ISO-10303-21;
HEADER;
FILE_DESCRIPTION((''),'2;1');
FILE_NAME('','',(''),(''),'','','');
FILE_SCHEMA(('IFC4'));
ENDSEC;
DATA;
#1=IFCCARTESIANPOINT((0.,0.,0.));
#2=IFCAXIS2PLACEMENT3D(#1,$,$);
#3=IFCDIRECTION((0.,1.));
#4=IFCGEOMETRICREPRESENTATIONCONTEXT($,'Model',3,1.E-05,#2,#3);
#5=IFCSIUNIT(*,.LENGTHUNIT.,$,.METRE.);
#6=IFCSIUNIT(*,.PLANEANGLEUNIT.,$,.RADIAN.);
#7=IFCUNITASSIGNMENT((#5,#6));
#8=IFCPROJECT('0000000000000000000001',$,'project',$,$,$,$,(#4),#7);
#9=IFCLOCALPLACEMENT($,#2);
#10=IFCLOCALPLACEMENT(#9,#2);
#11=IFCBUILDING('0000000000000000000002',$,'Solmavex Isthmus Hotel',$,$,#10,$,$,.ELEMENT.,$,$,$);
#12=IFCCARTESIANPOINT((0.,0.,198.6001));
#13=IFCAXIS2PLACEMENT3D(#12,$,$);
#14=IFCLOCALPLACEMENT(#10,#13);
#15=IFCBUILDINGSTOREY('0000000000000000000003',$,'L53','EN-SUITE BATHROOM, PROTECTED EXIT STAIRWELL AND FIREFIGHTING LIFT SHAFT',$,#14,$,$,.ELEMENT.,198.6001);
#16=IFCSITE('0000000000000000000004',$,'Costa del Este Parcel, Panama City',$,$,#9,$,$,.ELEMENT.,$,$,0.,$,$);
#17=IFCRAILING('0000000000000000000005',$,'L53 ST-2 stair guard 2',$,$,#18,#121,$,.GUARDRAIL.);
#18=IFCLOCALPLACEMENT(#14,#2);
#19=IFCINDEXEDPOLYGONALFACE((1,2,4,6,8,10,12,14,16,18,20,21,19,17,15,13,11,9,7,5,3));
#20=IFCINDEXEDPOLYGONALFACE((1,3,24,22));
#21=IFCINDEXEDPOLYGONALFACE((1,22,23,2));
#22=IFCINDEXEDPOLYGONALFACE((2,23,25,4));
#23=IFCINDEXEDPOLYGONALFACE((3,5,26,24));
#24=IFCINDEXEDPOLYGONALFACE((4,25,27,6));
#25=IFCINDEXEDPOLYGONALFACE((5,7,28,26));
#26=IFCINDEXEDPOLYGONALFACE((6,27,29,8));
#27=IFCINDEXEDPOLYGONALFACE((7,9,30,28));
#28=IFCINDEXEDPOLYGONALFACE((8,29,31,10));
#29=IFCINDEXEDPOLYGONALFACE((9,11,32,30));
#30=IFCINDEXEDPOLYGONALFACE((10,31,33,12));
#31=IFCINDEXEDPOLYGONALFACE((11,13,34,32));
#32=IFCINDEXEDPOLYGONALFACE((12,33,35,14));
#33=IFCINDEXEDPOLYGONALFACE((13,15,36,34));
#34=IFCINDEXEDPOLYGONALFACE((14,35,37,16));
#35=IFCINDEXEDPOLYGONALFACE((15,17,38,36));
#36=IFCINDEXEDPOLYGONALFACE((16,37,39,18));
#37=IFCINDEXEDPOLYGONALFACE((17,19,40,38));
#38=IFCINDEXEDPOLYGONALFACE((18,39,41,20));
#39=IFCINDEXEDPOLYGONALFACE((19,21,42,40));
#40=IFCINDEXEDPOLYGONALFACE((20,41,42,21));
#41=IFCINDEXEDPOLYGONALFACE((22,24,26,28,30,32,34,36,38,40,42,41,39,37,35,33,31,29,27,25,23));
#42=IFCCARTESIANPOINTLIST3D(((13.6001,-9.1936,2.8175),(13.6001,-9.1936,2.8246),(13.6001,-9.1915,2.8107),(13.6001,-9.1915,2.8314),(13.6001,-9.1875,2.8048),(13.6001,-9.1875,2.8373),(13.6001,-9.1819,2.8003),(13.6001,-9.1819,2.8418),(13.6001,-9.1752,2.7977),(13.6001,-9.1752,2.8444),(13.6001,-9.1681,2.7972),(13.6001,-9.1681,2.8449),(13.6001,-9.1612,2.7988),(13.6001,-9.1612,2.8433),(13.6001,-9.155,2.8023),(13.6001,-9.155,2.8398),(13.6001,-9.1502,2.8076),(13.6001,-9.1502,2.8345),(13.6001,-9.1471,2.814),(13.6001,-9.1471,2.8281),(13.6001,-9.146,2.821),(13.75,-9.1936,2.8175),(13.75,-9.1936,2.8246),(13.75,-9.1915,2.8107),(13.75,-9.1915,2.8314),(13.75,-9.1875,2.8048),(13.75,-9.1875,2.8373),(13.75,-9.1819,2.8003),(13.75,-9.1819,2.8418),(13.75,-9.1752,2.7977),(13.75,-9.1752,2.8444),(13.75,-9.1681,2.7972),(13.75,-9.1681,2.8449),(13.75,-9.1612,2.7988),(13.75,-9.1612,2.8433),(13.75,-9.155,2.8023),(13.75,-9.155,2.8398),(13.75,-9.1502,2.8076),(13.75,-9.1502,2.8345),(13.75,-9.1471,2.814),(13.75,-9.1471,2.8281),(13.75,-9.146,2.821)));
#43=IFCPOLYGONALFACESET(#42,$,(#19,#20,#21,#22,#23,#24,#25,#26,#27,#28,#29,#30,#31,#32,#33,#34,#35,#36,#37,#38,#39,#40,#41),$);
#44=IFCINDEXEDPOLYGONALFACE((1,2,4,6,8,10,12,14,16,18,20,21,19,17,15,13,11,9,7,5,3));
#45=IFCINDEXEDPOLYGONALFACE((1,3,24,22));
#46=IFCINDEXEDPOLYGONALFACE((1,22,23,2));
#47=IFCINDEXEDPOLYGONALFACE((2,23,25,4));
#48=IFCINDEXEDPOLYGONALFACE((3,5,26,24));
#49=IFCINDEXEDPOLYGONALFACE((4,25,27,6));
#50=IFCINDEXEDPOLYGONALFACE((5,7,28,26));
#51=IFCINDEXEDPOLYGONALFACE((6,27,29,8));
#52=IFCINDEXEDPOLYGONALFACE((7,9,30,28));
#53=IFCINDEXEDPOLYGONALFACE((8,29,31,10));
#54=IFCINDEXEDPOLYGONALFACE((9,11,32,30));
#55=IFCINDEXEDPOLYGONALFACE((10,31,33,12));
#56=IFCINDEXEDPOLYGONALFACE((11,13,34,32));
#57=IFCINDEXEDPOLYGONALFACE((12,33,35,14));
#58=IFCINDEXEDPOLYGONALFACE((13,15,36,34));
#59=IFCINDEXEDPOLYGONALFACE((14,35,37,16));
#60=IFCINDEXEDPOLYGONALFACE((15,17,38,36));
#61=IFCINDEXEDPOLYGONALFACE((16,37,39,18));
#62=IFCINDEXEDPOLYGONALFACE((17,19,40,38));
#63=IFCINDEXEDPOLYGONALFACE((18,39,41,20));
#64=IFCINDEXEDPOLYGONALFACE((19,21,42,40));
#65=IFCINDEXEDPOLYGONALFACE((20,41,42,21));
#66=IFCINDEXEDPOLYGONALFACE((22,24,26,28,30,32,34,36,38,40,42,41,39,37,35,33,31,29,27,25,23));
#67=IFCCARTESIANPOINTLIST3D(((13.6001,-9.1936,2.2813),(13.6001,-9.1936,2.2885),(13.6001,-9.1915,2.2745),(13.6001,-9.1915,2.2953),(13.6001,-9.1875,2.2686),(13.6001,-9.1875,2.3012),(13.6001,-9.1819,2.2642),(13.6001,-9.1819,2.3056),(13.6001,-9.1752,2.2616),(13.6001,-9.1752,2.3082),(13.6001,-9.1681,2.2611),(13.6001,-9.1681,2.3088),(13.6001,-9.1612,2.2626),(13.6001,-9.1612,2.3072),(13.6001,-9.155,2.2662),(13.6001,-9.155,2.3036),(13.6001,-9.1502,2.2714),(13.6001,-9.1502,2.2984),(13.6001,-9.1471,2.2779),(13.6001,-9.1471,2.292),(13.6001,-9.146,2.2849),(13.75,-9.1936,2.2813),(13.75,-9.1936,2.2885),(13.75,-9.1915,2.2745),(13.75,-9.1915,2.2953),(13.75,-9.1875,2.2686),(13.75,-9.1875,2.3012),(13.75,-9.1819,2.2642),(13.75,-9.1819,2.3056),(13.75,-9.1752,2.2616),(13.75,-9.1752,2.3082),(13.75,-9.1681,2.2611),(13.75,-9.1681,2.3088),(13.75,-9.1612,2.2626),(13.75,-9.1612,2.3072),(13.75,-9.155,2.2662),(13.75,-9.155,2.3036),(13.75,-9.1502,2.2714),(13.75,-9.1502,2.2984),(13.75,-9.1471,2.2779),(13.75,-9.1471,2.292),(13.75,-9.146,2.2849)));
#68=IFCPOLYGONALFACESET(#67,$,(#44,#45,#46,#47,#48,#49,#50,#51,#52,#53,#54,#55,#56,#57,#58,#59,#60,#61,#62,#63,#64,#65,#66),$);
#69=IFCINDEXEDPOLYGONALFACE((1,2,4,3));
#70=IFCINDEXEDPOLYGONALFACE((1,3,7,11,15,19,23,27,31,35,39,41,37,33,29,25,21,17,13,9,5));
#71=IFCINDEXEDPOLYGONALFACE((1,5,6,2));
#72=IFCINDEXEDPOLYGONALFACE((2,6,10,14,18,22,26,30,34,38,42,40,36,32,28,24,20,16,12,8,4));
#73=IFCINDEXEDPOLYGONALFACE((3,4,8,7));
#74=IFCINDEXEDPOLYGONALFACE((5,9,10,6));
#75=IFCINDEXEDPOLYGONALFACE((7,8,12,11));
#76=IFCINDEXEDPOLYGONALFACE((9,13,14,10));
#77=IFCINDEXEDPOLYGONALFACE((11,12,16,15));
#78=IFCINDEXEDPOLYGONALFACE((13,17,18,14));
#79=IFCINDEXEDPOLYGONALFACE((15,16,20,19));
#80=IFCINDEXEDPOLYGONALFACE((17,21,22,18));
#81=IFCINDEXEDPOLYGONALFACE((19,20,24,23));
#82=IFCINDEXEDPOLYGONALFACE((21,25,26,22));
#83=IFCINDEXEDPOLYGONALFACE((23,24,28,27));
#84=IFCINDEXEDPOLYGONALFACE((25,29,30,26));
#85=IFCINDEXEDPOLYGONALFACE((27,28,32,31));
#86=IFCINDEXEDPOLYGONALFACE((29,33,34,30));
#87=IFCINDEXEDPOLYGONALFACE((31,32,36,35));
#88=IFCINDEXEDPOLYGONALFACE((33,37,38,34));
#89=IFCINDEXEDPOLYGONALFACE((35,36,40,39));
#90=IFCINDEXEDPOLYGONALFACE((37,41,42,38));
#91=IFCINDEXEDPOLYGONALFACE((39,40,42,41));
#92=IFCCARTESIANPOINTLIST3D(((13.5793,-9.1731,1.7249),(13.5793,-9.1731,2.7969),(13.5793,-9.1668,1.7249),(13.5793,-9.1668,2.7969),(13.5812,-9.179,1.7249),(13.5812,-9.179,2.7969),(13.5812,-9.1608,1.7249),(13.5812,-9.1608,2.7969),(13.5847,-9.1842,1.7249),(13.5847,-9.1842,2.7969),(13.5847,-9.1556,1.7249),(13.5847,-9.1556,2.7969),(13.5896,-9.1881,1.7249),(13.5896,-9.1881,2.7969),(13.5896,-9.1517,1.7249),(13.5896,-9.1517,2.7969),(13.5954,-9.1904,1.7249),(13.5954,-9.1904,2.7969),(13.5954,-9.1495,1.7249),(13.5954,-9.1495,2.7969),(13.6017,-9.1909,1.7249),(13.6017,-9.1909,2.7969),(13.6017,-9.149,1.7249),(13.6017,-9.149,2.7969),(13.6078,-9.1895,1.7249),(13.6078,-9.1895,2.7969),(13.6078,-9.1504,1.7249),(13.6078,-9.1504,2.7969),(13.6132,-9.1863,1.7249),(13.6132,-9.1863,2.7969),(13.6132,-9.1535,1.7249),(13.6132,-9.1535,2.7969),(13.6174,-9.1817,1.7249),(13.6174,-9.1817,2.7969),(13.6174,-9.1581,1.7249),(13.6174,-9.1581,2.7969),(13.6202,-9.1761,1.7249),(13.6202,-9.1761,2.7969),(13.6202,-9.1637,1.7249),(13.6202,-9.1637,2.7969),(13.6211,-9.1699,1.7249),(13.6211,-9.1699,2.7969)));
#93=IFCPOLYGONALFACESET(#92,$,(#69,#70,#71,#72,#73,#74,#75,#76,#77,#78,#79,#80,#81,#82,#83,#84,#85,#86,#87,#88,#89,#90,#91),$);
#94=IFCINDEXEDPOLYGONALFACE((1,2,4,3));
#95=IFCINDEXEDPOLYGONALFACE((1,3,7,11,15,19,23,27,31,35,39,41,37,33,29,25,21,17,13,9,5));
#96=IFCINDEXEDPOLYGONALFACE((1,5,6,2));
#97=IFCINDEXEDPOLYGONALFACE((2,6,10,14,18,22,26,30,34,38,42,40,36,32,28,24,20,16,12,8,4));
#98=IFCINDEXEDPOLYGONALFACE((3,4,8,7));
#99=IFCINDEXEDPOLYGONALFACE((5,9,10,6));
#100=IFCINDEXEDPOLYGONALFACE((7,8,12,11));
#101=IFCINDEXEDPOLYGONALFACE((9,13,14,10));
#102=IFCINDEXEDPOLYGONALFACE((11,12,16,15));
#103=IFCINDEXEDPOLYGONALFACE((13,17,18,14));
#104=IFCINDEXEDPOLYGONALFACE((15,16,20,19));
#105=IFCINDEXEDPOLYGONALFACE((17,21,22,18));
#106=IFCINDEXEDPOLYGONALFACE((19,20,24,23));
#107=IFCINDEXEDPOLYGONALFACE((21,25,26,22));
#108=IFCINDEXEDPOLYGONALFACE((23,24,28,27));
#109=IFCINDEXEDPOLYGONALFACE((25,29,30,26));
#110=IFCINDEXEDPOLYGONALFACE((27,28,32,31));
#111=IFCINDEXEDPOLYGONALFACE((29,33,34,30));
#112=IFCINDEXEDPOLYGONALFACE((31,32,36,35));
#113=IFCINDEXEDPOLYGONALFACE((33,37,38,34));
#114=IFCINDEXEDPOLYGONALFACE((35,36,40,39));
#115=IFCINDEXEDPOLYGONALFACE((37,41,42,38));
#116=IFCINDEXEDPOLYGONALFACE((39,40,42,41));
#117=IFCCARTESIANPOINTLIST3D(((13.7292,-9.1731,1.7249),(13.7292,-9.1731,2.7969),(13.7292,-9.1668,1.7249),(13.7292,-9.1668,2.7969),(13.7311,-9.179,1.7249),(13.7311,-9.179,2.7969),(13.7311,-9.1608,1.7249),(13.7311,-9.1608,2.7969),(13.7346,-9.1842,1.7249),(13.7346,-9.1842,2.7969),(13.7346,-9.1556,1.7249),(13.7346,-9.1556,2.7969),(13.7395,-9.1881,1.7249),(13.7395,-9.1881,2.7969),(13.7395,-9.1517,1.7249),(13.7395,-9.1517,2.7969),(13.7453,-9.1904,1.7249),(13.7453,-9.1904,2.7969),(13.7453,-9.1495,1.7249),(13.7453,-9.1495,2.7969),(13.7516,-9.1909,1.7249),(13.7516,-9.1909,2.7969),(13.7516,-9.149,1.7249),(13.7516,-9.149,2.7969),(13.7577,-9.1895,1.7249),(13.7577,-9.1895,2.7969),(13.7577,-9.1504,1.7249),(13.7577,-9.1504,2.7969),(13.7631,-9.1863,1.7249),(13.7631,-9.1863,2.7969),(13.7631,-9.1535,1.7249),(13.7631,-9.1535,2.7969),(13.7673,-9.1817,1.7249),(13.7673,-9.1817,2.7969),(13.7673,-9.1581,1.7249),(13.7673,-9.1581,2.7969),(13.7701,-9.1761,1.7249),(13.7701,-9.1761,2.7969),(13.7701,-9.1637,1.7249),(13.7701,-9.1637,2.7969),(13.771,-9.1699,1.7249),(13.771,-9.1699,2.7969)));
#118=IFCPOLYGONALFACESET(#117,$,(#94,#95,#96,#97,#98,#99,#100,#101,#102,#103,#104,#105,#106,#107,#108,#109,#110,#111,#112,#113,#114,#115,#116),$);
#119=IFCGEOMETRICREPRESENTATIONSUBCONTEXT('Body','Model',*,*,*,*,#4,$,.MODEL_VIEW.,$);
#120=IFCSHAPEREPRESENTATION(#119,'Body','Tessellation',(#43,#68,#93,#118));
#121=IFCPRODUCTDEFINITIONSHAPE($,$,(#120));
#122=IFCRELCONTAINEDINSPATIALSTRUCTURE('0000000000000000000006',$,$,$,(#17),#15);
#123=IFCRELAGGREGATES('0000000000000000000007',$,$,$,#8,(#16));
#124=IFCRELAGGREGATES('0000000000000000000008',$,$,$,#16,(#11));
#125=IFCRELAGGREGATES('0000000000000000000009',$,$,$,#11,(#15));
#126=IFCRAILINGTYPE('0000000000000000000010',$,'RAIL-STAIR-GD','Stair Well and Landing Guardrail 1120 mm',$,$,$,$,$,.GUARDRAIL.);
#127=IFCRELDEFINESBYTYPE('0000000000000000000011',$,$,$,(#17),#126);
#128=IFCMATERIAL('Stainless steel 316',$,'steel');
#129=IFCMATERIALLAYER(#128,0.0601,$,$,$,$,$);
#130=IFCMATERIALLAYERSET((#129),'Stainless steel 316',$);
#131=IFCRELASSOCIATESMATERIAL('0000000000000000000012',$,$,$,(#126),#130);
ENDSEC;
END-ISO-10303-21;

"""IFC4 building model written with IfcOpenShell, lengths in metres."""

from ifc_helpers import new_model, si_unit, direction, frame, origin, origin_2d, place, context, subcontext, project, spatial, circle, extrude, material, layer, layer_set, type_object, element, save


model = new_model("IFC4")

# Units and contexts
model_context = context("Model", 3, precision=1e-05, world=origin(), true_north=direction((0.0, 1.0)))
body_context = subcontext(model_context, "Body", "Model", "MODEL_VIEW")
ifc_project = project(units=[si_unit("LENGTHUNIT", "METRE"), si_unit("PLANEANGLEUNIT", "RADIAN")], contexts=[model_context])

# Site, building, storey
site_placement = place(None, origin())
site = spatial("IfcSite", under=ifc_project, at=site_placement, Name="Costa del Este Parcel, Panama City", CompositionType="ELEMENT", RefElevation=0.0)
building_placement = place(site_placement, origin())
building = spatial("IfcBuilding", under=site, at=building_placement, Name="Solmavex Isthmus Hotel", CompositionType="ELEMENT")
storey_placement = place(building_placement, frame((0.0, 0.0, 198.6001)))
storey = spatial("IfcBuildingStorey", under=building, at=storey_placement, Name="L53", Description="EN-SUITE BATHROOM, PROTECTED EXIT STAIRWELL AND FIREFIGHTING LIFT SHAFT", CompositionType="ELEMENT", Elevation=198.6001)

# Railing
ifc_material_1 = material(Name="Stainless steel 316", Category="steel")
ifc_layer_1 = layer(ifc_material_1, 0.0601)
ifc_layer_set_1 = layer_set([ifc_layer_1], Name="Stainless steel 316")
railing_type_1 = type_object("IfcRailingType", Name="RAIL-STAIR-GD", Description="Stair Well and Landing Guardrail 1120 mm", PredefinedType="GUARDRAIL", material=ifc_layer_set_1)
railing_1_placement = place(storey_placement, frame((13.6001, -9.1699, 1.7249)))
element("IfcRailing", 1, at=railing_1_placement, inside=storey, type_object=railing_type_1, Name="L53 ST-2 stair guard 2", PredefinedType="GUARDRAIL", context=body_context, shape_type="SweptSolid", body=[
    extrude(circle(Radius=0.0239, at=origin_2d()), frame((0.0, 0.0, 1.0962), z_axis=(1.0, 0.0, 0.0), x_axis=(0.0, 1.0, 0.0)), (0.0, 0.0, 1.0), 0.1499),
    extrude(circle(Radius=0.0239, at=origin_2d()), frame((0.0, 0.0, 0.5601), z_axis=(1.0, 0.0, 0.0), x_axis=(0.0, 1.0, 0.0)), (0.0, 0.0, 1.0), 0.1499),
    extrude(circle(Radius=0.021, at=origin_2d()), origin(), (0.0, 0.0, 1.0), 1.072),
    extrude(circle(Radius=0.021, at=origin_2d()), frame((0.1499, 0.0, 0.0)), (0.0, 0.0, 1.0), 1.072),
])

save(model, "model.ifc")
